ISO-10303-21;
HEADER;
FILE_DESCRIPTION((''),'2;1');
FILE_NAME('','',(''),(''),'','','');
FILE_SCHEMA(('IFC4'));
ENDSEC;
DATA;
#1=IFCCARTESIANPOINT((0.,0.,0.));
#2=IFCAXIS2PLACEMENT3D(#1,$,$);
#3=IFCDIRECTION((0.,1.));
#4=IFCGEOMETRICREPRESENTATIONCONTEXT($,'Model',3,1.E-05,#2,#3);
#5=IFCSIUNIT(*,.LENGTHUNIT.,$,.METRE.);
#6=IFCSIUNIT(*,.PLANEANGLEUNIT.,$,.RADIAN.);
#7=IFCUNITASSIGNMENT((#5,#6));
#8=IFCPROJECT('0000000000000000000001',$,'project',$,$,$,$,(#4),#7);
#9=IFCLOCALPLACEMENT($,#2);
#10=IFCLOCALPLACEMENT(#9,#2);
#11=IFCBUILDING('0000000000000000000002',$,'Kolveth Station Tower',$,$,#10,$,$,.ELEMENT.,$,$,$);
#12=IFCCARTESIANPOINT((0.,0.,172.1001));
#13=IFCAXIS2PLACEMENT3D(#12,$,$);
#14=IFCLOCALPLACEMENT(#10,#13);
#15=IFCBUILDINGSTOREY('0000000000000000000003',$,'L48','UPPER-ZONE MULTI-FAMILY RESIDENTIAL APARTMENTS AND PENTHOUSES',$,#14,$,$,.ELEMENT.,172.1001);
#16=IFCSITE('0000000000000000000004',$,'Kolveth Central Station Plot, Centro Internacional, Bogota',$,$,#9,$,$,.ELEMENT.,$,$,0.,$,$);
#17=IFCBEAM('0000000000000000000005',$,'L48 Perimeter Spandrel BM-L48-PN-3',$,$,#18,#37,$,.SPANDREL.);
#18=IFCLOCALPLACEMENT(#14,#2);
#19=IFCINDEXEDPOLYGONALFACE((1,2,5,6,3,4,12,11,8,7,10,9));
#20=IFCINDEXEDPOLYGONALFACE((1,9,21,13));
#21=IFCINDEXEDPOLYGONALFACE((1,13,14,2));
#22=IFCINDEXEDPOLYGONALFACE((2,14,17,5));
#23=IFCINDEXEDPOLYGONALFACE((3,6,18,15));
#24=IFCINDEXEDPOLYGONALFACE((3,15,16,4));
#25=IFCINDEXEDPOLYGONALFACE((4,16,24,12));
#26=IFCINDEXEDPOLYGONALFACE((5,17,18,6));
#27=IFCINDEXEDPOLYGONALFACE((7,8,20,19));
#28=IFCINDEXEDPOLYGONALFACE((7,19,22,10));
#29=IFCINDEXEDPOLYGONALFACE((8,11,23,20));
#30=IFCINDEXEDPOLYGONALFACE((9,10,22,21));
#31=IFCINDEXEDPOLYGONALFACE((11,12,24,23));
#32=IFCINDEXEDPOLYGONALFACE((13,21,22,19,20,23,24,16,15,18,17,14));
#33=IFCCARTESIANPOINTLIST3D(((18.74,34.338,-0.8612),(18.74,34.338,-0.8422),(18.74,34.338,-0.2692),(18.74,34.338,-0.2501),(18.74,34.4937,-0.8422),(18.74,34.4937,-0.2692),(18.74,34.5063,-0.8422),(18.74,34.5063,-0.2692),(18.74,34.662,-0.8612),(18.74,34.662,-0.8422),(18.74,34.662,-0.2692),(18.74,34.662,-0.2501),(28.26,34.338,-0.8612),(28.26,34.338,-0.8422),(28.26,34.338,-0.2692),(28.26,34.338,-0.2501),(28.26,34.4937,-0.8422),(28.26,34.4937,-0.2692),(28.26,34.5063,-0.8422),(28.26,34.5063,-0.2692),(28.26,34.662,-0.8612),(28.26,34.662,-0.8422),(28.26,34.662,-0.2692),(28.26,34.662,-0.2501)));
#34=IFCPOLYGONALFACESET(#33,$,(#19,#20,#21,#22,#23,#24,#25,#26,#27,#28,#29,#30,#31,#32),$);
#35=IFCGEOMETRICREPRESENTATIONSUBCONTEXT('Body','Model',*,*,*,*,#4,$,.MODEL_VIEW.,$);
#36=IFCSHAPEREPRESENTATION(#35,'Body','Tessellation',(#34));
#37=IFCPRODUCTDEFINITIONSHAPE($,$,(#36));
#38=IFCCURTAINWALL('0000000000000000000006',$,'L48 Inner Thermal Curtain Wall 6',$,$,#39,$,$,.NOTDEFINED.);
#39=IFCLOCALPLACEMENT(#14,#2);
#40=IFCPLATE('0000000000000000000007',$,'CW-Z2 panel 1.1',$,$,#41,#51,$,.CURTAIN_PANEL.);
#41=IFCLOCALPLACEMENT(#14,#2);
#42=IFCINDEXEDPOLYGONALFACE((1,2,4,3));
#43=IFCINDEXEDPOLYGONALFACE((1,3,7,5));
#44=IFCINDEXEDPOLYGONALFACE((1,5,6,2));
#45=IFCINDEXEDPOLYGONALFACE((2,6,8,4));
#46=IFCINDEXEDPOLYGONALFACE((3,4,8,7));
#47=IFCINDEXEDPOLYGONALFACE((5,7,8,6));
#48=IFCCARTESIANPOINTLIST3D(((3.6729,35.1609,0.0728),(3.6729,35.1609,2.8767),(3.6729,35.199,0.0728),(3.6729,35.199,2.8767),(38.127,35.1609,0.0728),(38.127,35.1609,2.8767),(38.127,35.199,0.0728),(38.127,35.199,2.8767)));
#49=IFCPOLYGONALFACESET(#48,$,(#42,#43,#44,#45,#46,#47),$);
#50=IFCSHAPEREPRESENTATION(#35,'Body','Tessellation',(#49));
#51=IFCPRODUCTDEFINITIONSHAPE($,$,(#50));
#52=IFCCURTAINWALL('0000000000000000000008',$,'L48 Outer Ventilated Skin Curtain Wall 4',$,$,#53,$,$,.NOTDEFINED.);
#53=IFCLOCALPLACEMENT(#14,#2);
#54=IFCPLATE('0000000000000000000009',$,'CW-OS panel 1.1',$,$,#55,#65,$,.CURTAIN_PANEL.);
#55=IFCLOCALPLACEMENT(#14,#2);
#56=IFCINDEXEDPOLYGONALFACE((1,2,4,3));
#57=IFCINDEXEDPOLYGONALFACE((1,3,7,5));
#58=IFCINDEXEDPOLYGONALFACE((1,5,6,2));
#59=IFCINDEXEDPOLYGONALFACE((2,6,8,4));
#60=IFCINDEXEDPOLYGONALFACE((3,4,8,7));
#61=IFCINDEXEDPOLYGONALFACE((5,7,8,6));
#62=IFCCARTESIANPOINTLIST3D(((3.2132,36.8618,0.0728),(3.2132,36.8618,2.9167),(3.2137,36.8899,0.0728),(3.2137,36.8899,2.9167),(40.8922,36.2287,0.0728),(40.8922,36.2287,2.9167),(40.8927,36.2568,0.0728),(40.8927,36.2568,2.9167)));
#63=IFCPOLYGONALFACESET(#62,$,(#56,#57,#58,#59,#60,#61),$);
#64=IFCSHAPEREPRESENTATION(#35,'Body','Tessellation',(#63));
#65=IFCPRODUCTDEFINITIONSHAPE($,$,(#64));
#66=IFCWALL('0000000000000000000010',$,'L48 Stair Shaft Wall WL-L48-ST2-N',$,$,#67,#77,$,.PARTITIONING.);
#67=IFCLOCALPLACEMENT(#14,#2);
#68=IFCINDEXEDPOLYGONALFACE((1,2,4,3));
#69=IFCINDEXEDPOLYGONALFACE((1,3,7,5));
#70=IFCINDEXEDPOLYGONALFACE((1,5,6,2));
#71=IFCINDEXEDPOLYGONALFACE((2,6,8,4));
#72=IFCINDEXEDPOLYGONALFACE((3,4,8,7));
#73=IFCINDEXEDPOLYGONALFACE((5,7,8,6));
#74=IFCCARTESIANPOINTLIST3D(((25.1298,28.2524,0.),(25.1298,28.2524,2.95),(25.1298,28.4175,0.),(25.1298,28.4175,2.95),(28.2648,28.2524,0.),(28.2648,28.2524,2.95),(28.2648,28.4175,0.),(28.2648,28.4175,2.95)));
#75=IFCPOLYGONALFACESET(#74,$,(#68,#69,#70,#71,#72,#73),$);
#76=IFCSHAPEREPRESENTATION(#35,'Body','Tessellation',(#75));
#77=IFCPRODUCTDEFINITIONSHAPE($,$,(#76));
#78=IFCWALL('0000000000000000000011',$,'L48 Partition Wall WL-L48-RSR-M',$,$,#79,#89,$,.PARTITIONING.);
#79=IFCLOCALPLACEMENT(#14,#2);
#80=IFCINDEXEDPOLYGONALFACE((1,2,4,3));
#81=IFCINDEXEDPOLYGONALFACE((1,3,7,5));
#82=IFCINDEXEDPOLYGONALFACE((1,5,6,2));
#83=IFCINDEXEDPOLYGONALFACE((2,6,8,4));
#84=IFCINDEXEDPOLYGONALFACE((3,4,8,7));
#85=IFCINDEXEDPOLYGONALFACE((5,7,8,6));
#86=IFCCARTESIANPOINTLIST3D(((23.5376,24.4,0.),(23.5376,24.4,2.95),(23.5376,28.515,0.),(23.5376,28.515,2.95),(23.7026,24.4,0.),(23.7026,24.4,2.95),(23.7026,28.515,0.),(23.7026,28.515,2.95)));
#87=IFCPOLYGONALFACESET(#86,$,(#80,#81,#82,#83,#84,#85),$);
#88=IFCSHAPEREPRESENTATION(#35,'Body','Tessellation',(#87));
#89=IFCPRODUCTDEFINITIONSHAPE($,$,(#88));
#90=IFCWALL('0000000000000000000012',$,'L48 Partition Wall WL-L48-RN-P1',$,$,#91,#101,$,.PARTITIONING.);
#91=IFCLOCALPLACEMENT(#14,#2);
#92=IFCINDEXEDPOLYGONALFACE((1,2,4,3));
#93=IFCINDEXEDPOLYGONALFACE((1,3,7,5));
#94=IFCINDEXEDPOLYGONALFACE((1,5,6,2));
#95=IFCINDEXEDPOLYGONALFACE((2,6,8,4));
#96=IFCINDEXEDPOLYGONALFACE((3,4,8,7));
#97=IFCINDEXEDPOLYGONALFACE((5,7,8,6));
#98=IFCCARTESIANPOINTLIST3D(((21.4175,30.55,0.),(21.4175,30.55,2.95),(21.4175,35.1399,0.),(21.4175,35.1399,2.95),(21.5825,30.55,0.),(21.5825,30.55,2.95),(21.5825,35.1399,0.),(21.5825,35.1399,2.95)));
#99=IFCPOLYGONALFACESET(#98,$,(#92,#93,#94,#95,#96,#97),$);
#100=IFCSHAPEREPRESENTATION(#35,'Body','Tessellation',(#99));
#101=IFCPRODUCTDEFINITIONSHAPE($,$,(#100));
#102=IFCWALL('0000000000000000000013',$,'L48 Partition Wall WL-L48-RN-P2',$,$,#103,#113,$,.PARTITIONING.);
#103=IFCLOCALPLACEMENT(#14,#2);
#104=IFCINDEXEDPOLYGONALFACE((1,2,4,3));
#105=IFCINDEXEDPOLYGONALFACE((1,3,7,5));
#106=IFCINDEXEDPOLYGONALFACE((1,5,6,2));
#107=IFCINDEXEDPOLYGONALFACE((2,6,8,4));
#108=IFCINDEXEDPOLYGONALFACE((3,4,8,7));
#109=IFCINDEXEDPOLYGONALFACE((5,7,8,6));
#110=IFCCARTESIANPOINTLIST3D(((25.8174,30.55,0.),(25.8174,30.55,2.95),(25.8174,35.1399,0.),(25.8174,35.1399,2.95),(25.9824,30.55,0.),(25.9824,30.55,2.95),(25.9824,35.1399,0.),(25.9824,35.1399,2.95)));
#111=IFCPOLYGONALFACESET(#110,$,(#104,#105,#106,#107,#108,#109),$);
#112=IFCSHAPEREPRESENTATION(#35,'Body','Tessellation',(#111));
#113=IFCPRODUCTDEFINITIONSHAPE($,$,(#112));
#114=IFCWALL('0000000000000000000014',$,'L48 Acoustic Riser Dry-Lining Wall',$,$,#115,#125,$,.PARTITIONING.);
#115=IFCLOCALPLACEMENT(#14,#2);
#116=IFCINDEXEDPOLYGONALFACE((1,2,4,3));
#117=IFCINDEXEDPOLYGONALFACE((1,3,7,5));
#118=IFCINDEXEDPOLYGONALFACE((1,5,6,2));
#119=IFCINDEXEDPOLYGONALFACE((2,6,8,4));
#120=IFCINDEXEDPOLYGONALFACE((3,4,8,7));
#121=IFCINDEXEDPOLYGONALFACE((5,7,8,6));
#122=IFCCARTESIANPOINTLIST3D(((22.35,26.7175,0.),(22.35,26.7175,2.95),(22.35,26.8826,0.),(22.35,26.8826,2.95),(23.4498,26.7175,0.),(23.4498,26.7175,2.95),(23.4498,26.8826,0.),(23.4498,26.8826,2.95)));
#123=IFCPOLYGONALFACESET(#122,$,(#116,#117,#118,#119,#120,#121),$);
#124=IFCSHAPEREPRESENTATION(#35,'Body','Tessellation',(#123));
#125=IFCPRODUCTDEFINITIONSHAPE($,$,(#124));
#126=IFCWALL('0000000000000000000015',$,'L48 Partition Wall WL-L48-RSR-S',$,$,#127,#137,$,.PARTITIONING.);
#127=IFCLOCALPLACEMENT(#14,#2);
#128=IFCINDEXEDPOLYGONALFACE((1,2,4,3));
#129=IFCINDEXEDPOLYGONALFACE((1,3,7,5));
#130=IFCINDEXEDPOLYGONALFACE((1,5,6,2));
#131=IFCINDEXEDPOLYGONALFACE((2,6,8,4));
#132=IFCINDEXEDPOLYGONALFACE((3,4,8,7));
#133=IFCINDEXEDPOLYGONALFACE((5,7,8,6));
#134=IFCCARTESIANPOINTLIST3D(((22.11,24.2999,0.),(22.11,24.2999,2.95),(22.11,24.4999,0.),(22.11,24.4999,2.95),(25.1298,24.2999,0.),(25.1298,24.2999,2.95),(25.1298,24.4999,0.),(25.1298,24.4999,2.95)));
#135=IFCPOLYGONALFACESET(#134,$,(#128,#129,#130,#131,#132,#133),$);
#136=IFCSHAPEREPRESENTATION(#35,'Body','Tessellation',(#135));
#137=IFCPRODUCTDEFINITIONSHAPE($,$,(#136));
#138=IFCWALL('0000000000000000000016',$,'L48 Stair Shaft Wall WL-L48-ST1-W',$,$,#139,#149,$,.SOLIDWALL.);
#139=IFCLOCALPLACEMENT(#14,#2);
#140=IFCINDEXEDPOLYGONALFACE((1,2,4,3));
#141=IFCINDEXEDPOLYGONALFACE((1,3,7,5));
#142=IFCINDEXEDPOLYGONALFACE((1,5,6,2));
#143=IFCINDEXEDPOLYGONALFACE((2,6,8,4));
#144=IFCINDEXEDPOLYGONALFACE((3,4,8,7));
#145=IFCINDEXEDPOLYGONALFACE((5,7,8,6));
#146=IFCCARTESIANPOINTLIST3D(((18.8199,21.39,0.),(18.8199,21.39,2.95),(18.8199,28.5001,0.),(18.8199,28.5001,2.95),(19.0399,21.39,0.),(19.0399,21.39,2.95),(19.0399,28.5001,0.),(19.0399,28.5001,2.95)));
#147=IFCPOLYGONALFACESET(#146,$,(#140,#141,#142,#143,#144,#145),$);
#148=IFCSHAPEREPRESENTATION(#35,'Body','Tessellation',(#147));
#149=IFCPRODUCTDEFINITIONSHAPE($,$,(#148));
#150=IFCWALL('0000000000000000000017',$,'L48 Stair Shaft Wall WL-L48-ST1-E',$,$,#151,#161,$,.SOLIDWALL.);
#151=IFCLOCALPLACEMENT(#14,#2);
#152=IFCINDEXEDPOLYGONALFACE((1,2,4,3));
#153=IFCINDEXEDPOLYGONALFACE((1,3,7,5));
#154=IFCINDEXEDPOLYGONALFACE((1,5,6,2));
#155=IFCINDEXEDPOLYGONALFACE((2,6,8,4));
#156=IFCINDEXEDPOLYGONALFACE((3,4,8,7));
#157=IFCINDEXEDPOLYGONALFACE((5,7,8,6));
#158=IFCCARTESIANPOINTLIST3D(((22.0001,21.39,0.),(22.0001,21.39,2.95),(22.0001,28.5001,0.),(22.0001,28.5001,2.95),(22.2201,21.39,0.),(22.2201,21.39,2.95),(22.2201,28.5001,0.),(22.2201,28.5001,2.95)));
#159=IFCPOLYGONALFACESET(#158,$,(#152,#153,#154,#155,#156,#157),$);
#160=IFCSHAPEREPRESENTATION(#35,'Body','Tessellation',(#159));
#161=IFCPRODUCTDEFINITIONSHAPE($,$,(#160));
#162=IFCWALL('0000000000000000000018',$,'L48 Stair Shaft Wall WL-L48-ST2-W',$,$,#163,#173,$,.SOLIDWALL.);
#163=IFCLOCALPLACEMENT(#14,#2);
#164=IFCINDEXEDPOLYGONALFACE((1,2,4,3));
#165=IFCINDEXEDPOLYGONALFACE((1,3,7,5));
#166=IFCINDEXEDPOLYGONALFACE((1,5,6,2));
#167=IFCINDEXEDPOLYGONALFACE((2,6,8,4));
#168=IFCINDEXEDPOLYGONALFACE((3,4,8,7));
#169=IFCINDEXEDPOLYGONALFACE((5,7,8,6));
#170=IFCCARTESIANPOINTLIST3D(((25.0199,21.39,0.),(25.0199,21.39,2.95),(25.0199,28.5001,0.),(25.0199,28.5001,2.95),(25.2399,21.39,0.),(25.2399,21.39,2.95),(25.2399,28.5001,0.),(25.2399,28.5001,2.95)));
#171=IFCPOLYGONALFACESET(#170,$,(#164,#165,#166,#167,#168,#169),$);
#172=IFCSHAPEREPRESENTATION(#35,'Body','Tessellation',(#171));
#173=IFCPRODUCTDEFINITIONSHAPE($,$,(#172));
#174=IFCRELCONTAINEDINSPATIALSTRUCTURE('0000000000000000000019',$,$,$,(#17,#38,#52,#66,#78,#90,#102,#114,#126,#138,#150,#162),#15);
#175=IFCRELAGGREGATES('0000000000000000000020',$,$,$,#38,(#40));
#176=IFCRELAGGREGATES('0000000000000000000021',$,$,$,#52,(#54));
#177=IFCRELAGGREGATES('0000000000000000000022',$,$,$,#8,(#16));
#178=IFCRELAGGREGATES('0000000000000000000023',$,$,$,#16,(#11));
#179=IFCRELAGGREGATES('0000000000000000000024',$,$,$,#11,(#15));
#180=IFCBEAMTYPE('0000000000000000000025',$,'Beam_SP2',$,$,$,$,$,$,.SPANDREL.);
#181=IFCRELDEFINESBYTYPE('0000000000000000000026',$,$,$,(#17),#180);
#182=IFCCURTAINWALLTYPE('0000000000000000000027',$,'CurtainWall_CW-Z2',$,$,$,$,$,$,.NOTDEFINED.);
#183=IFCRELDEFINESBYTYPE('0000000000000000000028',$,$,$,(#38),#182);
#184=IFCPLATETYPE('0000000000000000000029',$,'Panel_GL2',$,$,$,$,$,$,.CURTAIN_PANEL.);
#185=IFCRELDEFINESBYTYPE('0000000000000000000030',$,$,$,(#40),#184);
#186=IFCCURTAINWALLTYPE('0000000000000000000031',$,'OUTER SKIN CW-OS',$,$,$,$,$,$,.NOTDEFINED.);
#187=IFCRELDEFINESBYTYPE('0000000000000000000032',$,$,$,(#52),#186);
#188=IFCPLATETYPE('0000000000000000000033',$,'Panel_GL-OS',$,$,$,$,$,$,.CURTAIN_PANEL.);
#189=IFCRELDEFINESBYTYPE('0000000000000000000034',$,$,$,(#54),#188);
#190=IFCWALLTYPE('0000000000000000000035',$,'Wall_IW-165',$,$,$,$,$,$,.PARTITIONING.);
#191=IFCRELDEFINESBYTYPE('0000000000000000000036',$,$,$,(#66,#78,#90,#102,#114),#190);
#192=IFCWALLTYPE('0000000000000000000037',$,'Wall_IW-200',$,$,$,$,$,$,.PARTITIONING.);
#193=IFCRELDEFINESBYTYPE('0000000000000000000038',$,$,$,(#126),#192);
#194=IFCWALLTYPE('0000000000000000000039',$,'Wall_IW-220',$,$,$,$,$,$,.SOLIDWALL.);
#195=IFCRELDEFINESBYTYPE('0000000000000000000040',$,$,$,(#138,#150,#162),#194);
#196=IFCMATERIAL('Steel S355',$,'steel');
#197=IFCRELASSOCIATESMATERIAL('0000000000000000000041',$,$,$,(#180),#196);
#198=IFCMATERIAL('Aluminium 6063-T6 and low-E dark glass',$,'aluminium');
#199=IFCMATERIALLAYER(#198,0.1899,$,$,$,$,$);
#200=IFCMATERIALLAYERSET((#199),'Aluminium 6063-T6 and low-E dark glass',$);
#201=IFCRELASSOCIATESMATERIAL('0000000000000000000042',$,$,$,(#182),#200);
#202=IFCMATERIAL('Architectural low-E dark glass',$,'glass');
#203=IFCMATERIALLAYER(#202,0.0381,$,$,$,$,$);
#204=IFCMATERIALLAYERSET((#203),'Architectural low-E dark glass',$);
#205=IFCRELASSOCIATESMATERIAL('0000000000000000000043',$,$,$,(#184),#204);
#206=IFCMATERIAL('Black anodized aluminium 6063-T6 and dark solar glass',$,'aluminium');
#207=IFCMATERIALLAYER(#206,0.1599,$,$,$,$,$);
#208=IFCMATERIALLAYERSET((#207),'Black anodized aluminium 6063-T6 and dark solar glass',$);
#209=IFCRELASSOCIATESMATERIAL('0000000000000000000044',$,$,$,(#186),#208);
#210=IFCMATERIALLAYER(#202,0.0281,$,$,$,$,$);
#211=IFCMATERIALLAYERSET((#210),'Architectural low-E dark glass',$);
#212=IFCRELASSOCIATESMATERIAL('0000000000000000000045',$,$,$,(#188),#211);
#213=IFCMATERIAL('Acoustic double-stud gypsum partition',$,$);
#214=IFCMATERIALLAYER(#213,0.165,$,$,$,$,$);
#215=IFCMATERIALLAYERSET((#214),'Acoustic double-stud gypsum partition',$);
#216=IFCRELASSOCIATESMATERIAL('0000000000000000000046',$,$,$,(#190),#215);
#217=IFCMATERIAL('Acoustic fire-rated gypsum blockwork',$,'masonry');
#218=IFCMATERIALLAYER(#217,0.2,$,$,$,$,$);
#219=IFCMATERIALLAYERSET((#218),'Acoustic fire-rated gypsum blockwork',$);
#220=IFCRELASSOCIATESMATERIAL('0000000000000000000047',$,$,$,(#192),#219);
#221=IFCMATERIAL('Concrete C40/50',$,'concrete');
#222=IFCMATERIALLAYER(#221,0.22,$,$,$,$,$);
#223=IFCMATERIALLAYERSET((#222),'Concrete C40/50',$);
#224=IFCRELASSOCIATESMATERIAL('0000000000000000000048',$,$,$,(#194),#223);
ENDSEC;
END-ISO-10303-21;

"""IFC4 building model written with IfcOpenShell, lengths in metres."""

from ifc_helpers import new_model, si_unit, direction, frame, frame_2d, origin, origin_2d, place, context, subcontext, project, spatial, rectangle, i_section, extrude, source, transform, mapped, material, layer, layer_set, material_profile, profile_set, type_object, element, aggregate, save


model = new_model("IFC4")

# Units and contexts
model_context = context("Model", 3, precision=1e-05, world=origin(), true_north=direction((0.0, 1.0)))
body_context = subcontext(model_context, "Body", "Model", "MODEL_VIEW")
ifc_project = project(units=[si_unit("LENGTHUNIT", "METRE"), si_unit("PLANEANGLEUNIT", "RADIAN")], contexts=[model_context])

# Site, building, storey
site_placement = place(None, origin())
site = spatial("IfcSite", under=ifc_project, at=site_placement, Name="Kolveth Central Station Plot, Centro Internacional, Bogota", CompositionType="ELEMENT", RefElevation=0.0)
building_placement = place(site_placement, origin())
building = spatial("IfcBuilding", under=site, at=building_placement, Name="Kolveth Station Tower", CompositionType="ELEMENT")
storey_placement = place(building_placement, frame((0.0, 0.0, 172.1001)))
storey = spatial("IfcBuildingStorey", under=building, at=storey_placement, Name="L48", Description="UPPER-ZONE MULTI-FAMILY RESIDENTIAL APARTMENTS AND PENTHOUSES", CompositionType="ELEMENT", Elevation=172.1001)

# Beam
ifc_material_1 = material(Name="Steel S355", Category="steel")
ifc_material_profile = material_profile(ifc_material_1, i_section(OverallWidth=0.324, OverallDepth=0.6111, WebThickness=0.0127, FlangeThickness=0.019, at=origin_2d()), Name="W610x155")
ifc_profile_set = profile_set([ifc_material_profile], Name="Steel S355")
beam_type = type_object("IfcBeamType", Name="Beam_SP2", PredefinedType="SPANDREL", material=ifc_profile_set)
shared_shape_1 = source(origin(), body_context, "Body", "SweptSolid", [
    extrude(i_section(OverallWidth=0.324, OverallDepth=0.6111, WebThickness=0.0127, FlangeThickness=0.019, at=origin_2d()), origin(), (0.0, 0.0, 1.0), 9.52),
])
beam_placement = place(storey_placement, frame((18.74, 34.5, -0.5557), z_axis=(1.0, 0.0, 0.0), x_axis=(0.0, 1.0, 0.0)))
element("IfcBeam", 1, at=beam_placement, inside=storey, type_object=beam_type, Name="L48 Perimeter Spandrel BM-L48-PN-3", PredefinedType="SPANDREL", context=body_context, shape_type="MappedRepresentation", body=[
    mapped(shared_shape_1, transform((0.0, 0.0, 0.0), x_axis=(1.0, 0.0, 0.0), y_axis=(0.0, 1.0, 0.0), z_axis=(0.0, 0.0, 1.0), scale=1.0)),
])

# Curtain walls, plates
ifc_material_2 = material(Name="Aluminium 6063-T6 and low-E dark glass", Category="aluminium")
ifc_layer_1 = layer(ifc_material_2, 0.1899)
ifc_layer_set_1 = layer_set([ifc_layer_1], Name="Aluminium 6063-T6 and low-E dark glass")
curtain_wall_type_1 = type_object("IfcCurtainWallType", Name="CurtainWall_CW-Z2", PredefinedType="NOTDEFINED", material=ifc_layer_set_1)
curtain_wall_1_placement = place(storey_placement, origin())
curtain_wall_1 = element("IfcCurtainWall", 2, at=curtain_wall_1_placement, inside=storey, type_object=curtain_wall_type_1, Name="L48 Inner Thermal Curtain Wall 6", PredefinedType="NOTDEFINED")
ifc_material_3 = material(Name="Architectural low-E dark glass", Category="glass")
ifc_layer_2 = layer(ifc_material_3, 0.0381)
ifc_layer_set_2 = layer_set([ifc_layer_2], Name="Architectural low-E dark glass")
plate_type_1 = type_object("IfcPlateType", Name="Panel_GL2", PredefinedType="CURTAIN_PANEL", material=ifc_layer_set_2)
shared_shape_2 = source(origin(), body_context, "Body", "SweptSolid", [
    extrude(rectangle(XDim=34.4541, YDim=0.0381, at=origin_2d()), origin(), (0.0, 0.0, 1.0), 2.804),
])
plate_1_placement = place(storey_placement, frame((20.8999, 35.1799, 0.0728), z_axis=(0.0, 0.0, 1.0), x_axis=(-1.0, 0.0, 0.0)))
plate_1 = element("IfcPlate", 3, at=plate_1_placement, type_object=plate_type_1, Name="CW-Z2 panel 1.1", PredefinedType="CURTAIN_PANEL", context=body_context, shape_type="MappedRepresentation", body=[
    mapped(shared_shape_2, transform((0.0, 0.0, 0.0), x_axis=(1.0, 0.0, 0.0), y_axis=(0.0, 1.0, 0.0), z_axis=(0.0, 0.0, 1.0), scale=1.0)),
])
aggregate(curtain_wall_1, [plate_1])
ifc_material_4 = material(Name="Black anodized aluminium 6063-T6 and dark solar glass", Category="aluminium")
ifc_layer_3 = layer(ifc_material_4, 0.1599)
ifc_layer_set_3 = layer_set([ifc_layer_3], Name="Black anodized aluminium 6063-T6 and dark solar glass")
curtain_wall_type_2 = type_object("IfcCurtainWallType", Name="OUTER SKIN CW-OS", PredefinedType="NOTDEFINED", material=ifc_layer_set_3)
curtain_wall_2_placement = place(storey_placement, origin())
curtain_wall_2 = element("IfcCurtainWall", 4, at=curtain_wall_2_placement, inside=storey, type_object=curtain_wall_type_2, Name="L48 Outer Ventilated Skin Curtain Wall 4", PredefinedType="NOTDEFINED")
ifc_layer_4 = layer(ifc_material_3, 0.0281)
ifc_layer_set_4 = layer_set([ifc_layer_4], Name="Architectural low-E dark glass")
plate_type_2 = type_object("IfcPlateType", Name="Panel_GL-OS", PredefinedType="CURTAIN_PANEL", material=ifc_layer_set_4)
shared_shape_3 = source(origin(), body_context, "Body", "SweptSolid", [
    extrude(rectangle(XDim=37.6843, YDim=0.0281, at=origin_2d()), origin(), (0.0, 0.0, 1.0), 2.844),
])
plate_2_placement = place(storey_placement, frame((22.053, 36.5593, 0.0728), z_axis=(0.0, 0.0, 1.0), x_axis=(-0.999859, 0.0168, 0.0)))
plate_2 = element("IfcPlate", 5, at=plate_2_placement, type_object=plate_type_2, Name="CW-OS panel 1.1", PredefinedType="CURTAIN_PANEL", context=body_context, shape_type="MappedRepresentation", body=[
    mapped(shared_shape_3, transform((0.0, 0.0, 0.0), x_axis=(1.0, 0.0, 0.0), y_axis=(0.0, 1.0, 0.0), z_axis=(0.0, 0.0, 1.0), scale=1.0)),
])
aggregate(curtain_wall_2, [plate_2])

# Walls
ifc_material_5 = material(Name="Acoustic double-stud gypsum partition")
ifc_layer_5 = layer(ifc_material_5, 0.165)
ifc_layer_set_5 = layer_set([ifc_layer_5], Name="Acoustic double-stud gypsum partition")
wall_type_1 = type_object("IfcWallType", Name="Wall_IW-165", PredefinedType="PARTITIONING", material=ifc_layer_set_5)
wall_1_placement = place(storey_placement, frame((25.1299, 28.335, 0.0), z_axis=(0.0, 0.0, 1.0), x_axis=(1.0, 0.0, 0.0)))
element("IfcWall", 6, at=wall_1_placement, inside=storey, type_object=wall_type_1, Name="L48 Stair Shaft Wall WL-L48-ST2-N", PredefinedType="PARTITIONING", context=body_context, shape_type="SweptSolid", body=[
    extrude(rectangle(XDim=3.135, YDim=0.165, at=frame_2d((1.5674, 0.0))), origin(), (0.0, 0.0, 1.0), 2.95),
])
wall_2_placement = place(storey_placement, frame((23.6201, 24.3999, 0.0), z_axis=(0.0, 0.0, 1.0), x_axis=(0.0, 1.0, 0.0)))
element("IfcWall", 7, at=wall_2_placement, inside=storey, type_object=wall_type_1, Name="L48 Partition Wall WL-L48-RSR-M", PredefinedType="PARTITIONING", context=body_context, shape_type="SweptSolid", body=[
    extrude(rectangle(XDim=4.115, YDim=0.165, at=frame_2d((2.0576, 0.0))), origin(), (0.0, 0.0, 1.0), 2.95),
])
for number, where, z_axis, x_axis, name in (
    (8, (21.5, 30.55, 0.0), (0.0, 0.0, 1.0), (0.0, 1.0, 0.0), "L48 Partition Wall WL-L48-RN-P1"),
    (9, (25.8999, 30.55, 0.0), (0.0, 0.0, 1.0), (0.0, 1.0, 0.0), "L48 Partition Wall WL-L48-RN-P2"),
):
    element("IfcWall", number, at=place(storey_placement, frame(where, z_axis=z_axis, x_axis=x_axis)), inside=storey, type_object=wall_type_1, Name=name, PredefinedType="PARTITIONING", context=body_context, shape_type="SweptSolid", body=[
        extrude(rectangle(XDim=4.5898, YDim=0.165, at=frame_2d((2.2949, 0.0))), origin(), (0.0, 0.0, 1.0), 2.95),
    ])
wall_3_placement = place(storey_placement, frame((22.3501, 26.8, 0.0), z_axis=(0.0, 0.0, 1.0), x_axis=(1.0, 0.0, 0.0)))
element("IfcWall", 10, at=wall_3_placement, inside=storey, type_object=wall_type_1, Name="L48 Acoustic Riser Dry-Lining Wall", PredefinedType="PARTITIONING", context=body_context, shape_type="SweptSolid", body=[
    extrude(rectangle(XDim=1.0999, YDim=0.165, at=frame_2d((0.5498, 0.0))), origin(), (0.0, 0.0, 1.0), 2.95),
])
ifc_material_6 = material(Name="Acoustic fire-rated gypsum blockwork", Category="masonry")
ifc_layer_6 = layer(ifc_material_6, 0.2)
ifc_layer_set_6 = layer_set([ifc_layer_6], Name="Acoustic fire-rated gypsum blockwork")
wall_type_2 = type_object("IfcWallType", Name="Wall_IW-200", PredefinedType="PARTITIONING", material=ifc_layer_set_6)
wall_4_placement = place(storey_placement, frame((22.1101, 24.3999, 0.0), z_axis=(0.0, 0.0, 1.0), x_axis=(1.0, 0.0, 0.0)))
element("IfcWall", 11, at=wall_4_placement, inside=storey, type_object=wall_type_2, Name="L48 Partition Wall WL-L48-RSR-S", PredefinedType="PARTITIONING", context=body_context, shape_type="SweptSolid", body=[
    extrude(rectangle(XDim=3.0198, YDim=0.2, at=frame_2d((1.5098, 0.0))), origin(), (0.0, 0.0, 1.0), 2.95),
])
ifc_material_7 = material(Name="Concrete C40/50", Category="concrete")
ifc_layer_7 = layer(ifc_material_7, 0.22)
ifc_layer_set_7 = layer_set([ifc_layer_7], Name="Concrete C40/50")
wall_type_3 = type_object("IfcWallType", Name="Wall_IW-220", PredefinedType="SOLIDWALL", material=ifc_layer_set_7)
for number, where, z_axis, x_axis, name in (
    (12, (18.9299, 21.3899, 0.0), (0.0, 0.0, 1.0), (0.0, 1.0, 0.0), "L48 Stair Shaft Wall WL-L48-ST1-W"),
    (13, (22.1101, 21.3899, 0.0), (0.0, 0.0, 1.0), (0.0, 1.0, 0.0), "L48 Stair Shaft Wall WL-L48-ST1-E"),
    (14, (25.1299, 21.3899, 0.0), (0.0, 0.0, 1.0), (0.0, 1.0, 0.0), "L48 Stair Shaft Wall WL-L48-ST2-W"),
):
    element("IfcWall", number, at=place(storey_placement, frame(where, z_axis=z_axis, x_axis=x_axis)), inside=storey, type_object=wall_type_3, Name=name, PredefinedType="SOLIDWALL", context=body_context, shape_type="SweptSolid", body=[
        extrude(rectangle(XDim=7.1101, YDim=0.22, at=frame_2d((3.5552, 0.0))), origin(), (0.0, 0.0, 1.0), 2.95),
    ])

save(model, "model.ifc")
